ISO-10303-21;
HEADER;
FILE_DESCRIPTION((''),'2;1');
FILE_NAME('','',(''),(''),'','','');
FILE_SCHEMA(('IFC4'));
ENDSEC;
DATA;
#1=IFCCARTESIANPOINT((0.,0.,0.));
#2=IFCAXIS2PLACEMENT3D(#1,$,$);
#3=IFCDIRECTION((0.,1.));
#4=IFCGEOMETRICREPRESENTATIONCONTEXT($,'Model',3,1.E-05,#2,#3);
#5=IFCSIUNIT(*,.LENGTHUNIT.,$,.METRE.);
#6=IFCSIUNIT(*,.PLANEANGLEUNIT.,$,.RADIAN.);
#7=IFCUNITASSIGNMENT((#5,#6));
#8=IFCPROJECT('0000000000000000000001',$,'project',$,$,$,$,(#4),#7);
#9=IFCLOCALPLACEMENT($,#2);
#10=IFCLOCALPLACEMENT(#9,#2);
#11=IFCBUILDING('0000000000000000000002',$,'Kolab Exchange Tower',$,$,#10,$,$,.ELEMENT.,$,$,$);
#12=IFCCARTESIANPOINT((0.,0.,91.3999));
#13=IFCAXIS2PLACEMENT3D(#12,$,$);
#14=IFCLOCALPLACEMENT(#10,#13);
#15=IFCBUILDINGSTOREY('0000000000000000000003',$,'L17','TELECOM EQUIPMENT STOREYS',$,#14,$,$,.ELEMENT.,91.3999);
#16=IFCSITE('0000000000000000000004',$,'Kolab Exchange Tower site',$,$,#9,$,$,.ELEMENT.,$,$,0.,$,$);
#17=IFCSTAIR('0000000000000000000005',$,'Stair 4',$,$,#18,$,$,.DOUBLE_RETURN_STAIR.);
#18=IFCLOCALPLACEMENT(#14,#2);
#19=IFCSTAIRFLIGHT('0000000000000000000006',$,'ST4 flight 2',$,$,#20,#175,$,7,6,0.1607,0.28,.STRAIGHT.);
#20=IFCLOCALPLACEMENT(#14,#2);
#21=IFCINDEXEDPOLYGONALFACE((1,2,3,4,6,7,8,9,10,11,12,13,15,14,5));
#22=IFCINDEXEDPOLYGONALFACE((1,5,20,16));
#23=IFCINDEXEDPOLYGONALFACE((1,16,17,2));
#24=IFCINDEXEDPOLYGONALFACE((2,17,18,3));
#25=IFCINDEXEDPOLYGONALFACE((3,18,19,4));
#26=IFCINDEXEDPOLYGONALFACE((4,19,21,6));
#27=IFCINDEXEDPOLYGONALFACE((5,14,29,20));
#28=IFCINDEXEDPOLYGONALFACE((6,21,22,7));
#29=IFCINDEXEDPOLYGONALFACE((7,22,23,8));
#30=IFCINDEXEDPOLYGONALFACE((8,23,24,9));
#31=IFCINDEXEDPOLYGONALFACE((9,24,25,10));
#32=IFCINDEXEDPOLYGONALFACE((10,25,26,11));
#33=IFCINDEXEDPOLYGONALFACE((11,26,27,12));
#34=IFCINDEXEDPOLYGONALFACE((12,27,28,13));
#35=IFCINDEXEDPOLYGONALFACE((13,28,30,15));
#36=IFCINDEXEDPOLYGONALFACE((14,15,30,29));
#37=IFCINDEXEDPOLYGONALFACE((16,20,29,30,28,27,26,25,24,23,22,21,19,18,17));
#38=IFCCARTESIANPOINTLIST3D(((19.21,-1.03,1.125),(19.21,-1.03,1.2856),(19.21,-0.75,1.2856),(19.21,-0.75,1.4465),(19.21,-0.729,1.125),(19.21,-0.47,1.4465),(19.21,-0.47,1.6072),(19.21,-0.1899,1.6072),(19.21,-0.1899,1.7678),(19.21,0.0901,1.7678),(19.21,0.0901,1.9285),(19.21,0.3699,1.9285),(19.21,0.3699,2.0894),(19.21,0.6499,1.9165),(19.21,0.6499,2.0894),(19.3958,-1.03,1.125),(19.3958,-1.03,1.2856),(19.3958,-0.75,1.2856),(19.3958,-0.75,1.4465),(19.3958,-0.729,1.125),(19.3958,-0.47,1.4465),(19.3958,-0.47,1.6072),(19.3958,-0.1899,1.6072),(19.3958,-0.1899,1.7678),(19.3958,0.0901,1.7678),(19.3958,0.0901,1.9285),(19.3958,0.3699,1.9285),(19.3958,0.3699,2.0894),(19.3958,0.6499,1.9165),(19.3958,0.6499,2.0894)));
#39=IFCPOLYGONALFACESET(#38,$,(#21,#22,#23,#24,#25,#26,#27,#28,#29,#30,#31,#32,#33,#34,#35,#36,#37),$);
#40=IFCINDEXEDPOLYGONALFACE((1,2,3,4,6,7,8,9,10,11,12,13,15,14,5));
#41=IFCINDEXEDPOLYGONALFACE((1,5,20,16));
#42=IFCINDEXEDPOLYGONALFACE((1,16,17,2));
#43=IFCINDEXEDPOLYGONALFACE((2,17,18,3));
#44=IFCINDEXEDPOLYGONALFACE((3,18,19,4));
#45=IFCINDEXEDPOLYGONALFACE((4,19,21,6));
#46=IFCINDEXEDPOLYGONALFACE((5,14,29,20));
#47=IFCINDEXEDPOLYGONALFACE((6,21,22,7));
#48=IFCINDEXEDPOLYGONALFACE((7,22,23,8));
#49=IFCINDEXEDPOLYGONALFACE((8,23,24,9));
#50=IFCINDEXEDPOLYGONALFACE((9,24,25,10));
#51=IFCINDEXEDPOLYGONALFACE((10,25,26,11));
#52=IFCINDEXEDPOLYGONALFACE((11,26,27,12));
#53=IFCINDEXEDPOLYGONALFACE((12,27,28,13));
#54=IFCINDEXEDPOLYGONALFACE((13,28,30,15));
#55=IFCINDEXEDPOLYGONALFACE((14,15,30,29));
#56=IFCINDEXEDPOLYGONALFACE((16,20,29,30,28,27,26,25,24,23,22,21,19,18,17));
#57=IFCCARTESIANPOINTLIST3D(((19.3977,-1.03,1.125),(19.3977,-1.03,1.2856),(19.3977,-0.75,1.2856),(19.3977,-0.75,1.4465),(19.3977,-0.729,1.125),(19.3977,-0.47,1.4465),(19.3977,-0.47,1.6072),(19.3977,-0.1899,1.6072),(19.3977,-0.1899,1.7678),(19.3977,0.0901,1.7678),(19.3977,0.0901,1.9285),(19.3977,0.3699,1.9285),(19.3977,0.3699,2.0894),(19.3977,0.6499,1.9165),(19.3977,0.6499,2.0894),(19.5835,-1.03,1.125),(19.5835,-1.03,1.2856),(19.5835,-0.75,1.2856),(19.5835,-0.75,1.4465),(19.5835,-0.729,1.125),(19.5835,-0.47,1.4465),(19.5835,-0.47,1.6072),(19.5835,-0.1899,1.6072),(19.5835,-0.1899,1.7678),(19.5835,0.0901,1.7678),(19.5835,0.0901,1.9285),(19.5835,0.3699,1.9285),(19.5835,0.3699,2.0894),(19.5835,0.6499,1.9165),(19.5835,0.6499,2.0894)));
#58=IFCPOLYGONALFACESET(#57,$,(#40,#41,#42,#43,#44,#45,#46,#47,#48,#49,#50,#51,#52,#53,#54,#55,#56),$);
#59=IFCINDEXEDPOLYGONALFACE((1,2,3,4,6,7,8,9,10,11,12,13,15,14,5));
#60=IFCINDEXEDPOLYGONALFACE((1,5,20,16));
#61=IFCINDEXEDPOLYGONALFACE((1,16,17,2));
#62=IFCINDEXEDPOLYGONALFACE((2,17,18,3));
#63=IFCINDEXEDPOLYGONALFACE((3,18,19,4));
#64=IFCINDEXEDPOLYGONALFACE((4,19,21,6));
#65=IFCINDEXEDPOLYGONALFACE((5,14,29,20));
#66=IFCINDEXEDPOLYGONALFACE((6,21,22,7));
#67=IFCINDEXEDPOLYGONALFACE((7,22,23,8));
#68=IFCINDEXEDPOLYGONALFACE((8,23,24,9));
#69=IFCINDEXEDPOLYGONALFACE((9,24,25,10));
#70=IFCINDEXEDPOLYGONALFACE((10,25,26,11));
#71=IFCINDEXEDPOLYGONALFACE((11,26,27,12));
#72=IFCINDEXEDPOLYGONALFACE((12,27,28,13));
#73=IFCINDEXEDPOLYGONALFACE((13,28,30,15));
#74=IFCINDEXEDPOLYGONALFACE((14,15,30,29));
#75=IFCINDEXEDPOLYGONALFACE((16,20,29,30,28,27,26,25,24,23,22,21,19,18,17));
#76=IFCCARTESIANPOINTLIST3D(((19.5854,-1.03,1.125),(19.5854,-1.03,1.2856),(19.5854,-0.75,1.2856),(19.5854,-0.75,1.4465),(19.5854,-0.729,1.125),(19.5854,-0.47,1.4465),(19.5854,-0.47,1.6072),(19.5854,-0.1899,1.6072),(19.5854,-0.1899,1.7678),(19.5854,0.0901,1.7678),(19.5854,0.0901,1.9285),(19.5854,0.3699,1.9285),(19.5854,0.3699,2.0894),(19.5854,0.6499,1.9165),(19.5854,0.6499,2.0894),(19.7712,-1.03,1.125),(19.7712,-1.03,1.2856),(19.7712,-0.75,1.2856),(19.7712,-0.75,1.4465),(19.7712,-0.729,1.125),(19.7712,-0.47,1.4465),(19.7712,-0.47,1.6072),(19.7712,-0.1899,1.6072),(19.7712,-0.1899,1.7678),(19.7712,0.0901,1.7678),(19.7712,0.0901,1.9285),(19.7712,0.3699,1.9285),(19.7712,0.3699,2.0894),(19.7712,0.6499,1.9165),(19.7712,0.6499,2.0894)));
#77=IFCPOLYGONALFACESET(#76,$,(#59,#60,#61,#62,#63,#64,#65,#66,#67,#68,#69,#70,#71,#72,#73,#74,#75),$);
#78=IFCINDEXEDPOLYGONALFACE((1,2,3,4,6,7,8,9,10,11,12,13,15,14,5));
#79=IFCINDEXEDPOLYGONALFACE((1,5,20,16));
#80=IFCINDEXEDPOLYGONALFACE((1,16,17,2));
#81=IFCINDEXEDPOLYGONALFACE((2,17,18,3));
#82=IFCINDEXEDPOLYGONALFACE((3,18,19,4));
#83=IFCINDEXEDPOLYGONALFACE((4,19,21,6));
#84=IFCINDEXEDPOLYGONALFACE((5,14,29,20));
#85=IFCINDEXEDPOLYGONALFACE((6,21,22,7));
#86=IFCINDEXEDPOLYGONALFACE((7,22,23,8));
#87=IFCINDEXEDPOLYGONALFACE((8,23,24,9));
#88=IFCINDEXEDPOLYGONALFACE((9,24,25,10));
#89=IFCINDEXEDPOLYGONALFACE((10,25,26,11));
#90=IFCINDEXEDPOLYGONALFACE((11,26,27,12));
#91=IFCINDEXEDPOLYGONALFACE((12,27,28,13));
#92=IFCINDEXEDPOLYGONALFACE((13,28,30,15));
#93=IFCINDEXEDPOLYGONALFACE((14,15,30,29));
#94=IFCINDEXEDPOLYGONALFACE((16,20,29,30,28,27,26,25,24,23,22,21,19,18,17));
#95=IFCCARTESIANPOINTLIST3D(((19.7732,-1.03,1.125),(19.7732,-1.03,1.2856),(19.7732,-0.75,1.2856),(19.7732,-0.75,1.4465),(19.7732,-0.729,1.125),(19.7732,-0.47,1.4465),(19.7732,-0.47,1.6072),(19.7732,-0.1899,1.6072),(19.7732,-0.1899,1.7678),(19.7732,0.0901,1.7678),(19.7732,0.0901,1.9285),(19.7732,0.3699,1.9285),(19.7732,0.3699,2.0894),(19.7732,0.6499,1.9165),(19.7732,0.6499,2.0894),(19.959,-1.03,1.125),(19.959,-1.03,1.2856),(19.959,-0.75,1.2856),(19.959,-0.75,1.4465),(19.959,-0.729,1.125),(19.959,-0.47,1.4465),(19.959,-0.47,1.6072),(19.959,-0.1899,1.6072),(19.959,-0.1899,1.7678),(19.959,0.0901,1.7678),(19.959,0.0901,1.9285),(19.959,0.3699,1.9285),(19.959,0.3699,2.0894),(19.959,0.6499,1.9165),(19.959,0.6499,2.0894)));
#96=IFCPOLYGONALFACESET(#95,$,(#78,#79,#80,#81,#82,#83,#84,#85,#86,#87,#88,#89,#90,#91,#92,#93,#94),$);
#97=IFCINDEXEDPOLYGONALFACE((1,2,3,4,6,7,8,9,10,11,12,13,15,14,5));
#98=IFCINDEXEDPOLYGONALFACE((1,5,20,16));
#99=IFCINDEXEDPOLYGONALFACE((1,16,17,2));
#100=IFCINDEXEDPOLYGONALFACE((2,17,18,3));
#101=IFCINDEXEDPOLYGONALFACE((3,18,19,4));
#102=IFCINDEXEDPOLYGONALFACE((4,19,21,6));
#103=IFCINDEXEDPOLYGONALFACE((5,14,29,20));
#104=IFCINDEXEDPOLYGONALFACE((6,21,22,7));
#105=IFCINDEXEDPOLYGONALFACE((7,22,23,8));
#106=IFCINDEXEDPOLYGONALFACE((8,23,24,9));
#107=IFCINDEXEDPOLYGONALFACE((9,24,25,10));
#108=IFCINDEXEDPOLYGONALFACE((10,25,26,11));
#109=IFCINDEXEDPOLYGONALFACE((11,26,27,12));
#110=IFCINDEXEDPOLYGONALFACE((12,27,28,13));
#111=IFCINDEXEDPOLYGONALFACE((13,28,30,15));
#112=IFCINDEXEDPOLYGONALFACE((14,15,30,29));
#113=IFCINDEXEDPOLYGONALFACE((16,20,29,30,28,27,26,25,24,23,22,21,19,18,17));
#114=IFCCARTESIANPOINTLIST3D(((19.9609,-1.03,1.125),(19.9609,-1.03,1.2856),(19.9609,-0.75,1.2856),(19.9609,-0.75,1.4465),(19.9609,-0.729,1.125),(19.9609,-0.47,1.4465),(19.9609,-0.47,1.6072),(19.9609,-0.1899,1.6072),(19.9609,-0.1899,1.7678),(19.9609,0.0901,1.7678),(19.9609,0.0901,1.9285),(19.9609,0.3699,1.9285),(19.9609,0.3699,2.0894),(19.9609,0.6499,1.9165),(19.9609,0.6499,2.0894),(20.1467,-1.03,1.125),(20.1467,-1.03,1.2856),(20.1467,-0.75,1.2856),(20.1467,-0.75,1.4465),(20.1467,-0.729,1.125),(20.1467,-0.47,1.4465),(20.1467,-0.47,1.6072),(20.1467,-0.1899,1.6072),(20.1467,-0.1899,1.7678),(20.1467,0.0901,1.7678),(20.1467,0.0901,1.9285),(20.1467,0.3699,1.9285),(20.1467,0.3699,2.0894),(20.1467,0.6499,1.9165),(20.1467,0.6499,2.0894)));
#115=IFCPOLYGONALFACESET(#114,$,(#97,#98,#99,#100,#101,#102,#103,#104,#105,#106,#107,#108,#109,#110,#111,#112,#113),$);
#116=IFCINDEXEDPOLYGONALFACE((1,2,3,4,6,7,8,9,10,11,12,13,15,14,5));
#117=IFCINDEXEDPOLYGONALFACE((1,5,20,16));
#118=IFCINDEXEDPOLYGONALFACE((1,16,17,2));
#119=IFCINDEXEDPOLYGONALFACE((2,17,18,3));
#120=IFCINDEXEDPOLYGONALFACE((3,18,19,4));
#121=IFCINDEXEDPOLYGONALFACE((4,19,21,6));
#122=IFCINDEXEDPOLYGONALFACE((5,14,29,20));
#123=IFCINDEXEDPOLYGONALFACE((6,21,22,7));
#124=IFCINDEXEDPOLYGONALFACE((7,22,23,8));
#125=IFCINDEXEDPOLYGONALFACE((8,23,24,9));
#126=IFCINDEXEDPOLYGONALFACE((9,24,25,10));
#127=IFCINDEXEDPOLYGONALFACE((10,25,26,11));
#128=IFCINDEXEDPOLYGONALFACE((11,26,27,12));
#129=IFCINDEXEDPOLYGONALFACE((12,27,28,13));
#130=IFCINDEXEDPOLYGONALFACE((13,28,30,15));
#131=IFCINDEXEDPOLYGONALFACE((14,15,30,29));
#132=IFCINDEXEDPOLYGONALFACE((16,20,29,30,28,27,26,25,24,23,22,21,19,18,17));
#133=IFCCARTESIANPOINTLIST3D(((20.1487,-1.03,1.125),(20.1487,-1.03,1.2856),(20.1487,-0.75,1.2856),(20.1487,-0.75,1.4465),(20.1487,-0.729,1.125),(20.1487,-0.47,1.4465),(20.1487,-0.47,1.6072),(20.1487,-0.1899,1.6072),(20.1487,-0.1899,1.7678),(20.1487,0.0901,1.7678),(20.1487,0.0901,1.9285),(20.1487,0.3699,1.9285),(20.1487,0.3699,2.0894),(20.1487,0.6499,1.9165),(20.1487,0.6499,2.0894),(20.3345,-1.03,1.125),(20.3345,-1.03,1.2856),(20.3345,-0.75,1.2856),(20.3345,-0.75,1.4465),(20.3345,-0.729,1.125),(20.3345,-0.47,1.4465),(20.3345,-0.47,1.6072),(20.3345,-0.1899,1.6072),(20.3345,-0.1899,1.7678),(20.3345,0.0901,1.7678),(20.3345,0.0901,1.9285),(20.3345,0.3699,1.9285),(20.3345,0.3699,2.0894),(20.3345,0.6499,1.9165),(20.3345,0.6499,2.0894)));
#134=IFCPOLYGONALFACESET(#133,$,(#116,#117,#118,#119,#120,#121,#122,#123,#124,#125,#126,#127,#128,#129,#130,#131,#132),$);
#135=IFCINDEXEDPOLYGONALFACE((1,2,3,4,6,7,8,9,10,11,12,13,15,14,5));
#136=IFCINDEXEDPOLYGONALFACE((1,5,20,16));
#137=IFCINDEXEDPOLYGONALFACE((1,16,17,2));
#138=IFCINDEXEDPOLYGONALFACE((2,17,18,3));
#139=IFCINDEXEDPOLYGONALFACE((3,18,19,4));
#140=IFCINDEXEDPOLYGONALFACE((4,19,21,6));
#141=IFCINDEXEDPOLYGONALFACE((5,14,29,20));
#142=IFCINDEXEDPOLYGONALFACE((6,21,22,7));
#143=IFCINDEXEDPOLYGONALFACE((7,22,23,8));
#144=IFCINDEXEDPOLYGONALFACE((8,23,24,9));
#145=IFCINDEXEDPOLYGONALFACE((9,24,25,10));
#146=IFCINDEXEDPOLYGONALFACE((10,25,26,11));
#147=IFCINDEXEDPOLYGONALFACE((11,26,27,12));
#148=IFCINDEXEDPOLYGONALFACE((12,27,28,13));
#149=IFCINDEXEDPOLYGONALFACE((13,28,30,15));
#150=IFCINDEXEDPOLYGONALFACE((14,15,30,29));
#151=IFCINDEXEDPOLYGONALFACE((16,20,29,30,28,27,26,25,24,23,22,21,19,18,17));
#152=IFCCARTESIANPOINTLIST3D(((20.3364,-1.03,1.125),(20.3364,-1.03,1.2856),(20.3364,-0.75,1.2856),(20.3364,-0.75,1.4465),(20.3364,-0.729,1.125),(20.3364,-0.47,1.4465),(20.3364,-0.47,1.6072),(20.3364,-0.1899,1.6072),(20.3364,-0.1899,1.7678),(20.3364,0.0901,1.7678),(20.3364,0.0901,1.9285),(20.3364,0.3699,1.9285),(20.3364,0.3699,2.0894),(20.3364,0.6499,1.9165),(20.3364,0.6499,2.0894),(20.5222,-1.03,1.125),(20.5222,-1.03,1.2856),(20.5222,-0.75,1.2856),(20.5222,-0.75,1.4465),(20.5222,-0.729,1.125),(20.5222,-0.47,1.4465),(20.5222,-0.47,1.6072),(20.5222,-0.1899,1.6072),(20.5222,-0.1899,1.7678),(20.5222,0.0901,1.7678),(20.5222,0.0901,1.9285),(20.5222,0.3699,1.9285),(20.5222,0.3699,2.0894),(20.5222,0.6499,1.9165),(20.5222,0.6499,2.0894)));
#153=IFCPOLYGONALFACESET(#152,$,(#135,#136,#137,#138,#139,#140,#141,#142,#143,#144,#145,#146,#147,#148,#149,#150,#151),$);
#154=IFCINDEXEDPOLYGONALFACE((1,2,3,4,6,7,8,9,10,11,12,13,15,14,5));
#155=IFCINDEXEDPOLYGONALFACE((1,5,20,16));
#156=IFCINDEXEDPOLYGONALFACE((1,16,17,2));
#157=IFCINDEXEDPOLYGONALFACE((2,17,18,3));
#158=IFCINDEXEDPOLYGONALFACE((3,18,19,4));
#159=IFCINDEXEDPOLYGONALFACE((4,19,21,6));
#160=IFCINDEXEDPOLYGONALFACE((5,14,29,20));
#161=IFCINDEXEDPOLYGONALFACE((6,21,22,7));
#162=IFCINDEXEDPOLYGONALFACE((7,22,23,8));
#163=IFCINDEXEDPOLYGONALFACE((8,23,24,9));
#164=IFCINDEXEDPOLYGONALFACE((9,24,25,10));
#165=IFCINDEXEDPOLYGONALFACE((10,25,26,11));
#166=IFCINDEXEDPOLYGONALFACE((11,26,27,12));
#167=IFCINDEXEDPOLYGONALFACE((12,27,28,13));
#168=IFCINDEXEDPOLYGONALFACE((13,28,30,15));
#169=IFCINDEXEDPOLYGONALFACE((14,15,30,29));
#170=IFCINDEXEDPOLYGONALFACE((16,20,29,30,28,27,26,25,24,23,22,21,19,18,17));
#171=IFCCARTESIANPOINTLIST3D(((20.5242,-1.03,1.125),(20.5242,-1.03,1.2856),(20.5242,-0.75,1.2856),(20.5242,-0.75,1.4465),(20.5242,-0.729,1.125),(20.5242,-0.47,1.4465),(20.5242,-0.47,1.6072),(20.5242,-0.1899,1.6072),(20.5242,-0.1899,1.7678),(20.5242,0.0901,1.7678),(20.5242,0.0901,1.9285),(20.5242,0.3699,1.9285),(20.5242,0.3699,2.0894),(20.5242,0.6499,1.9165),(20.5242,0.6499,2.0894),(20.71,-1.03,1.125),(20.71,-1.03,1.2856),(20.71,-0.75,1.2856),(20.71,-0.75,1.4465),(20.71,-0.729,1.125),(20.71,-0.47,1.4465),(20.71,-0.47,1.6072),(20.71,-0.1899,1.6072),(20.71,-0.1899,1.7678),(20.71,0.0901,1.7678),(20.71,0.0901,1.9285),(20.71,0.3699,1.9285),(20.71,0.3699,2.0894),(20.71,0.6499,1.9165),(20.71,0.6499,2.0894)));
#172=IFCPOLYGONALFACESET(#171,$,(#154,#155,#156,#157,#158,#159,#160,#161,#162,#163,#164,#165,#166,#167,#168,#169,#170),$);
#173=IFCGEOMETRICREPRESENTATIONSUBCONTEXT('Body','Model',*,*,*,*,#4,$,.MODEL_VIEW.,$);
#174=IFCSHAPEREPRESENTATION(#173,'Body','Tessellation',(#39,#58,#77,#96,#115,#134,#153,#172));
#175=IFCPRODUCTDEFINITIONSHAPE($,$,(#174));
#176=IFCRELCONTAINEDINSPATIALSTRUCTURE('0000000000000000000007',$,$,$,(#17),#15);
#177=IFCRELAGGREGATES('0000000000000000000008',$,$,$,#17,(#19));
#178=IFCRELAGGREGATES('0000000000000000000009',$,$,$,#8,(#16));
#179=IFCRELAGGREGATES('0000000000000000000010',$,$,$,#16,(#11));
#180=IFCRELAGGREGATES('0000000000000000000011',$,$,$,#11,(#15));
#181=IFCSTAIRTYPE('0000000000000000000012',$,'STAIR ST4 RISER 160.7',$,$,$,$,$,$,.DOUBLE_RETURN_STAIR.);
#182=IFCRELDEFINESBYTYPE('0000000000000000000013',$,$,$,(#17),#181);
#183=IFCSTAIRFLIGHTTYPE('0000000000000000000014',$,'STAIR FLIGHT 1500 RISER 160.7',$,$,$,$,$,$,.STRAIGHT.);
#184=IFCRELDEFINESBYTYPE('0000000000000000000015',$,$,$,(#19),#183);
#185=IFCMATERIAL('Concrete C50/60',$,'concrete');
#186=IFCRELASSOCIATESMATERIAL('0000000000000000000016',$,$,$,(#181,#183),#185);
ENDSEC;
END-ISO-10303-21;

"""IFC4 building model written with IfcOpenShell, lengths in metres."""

from ifc_helpers import new_model, si_unit, direction, frame, origin, place, context, subcontext, project, spatial, polyline, outline, extrude, material, type_object, element, aggregate, save


model = new_model("IFC4")

# Units and contexts
model_context = context("Model", 3, precision=1e-05, world=origin(), true_north=direction((0.0, 1.0)))
body_context = subcontext(model_context, "Body", "Model", "MODEL_VIEW")
ifc_project = project(units=[si_unit("LENGTHUNIT", "METRE"), si_unit("PLANEANGLEUNIT", "RADIAN")], contexts=[model_context])

# Site, building, storey
site_placement = place(None, origin())
site = spatial("IfcSite", under=ifc_project, at=site_placement, Name="Kolab Exchange Tower site", CompositionType="ELEMENT", RefElevation=0.0)
building_placement = place(site_placement, origin())
building = spatial("IfcBuilding", under=site, at=building_placement, Name="Kolab Exchange Tower", CompositionType="ELEMENT")
storey_placement = place(building_placement, frame((0.0, 0.0, 91.3999)))
storey = spatial("IfcBuildingStorey", under=building, at=storey_placement, Name="L17", Description="TELECOM EQUIPMENT STOREYS", CompositionType="ELEMENT", Elevation=91.3999)

# Shared definitions
ifc_material_1 = material(Name="Concrete C50/60", Category="concrete")

# Stair, stair flight
stair_type = type_object("IfcStairType", Name="STAIR ST4 RISER 160.7", PredefinedType="DOUBLE_RETURN_STAIR", material=ifc_material_1)
stair_placement = place(storey_placement, origin())
stair = element("IfcStair", 1, at=stair_placement, inside=storey, type_object=stair_type, Name="Stair 4", PredefinedType="DOUBLE_RETURN_STAIR")
stair_flight_type = type_object("IfcStairFlightType", Name="STAIR FLIGHT 1500 RISER 160.7", PredefinedType="STRAIGHT", material=ifc_material_1)
stair_flight_1_placement = place(storey_placement, frame((19.96, -1.03, 1.125), z_axis=(0.0, 0.0, 1.0), x_axis=(0.0, 1.0, 0.0)))
stair_flight_1 = element("IfcStairFlight", 2, at=stair_flight_1_placement, type_object=stair_flight_type, Name="ST4 flight 2", NumberOfRisers=7, NumberOfTreads=6, PredefinedType="STRAIGHT", RiserHeight=0.1607, TreadLength=0.28, context=body_context, shape_type="SweptSolid", body=[
    extrude(outline(polyline([(0.0, 0.0), (0.0, 0.1606), (0.28, 0.1606), (0.28, 0.3215), (0.5601, 0.3215), (0.5601, 0.4822), (0.8401, 0.4822), (0.8401, 0.6428), (1.1201, 0.6428), (1.1201, 0.8035), (1.3999, 0.8035), (1.3999, 0.9644), (1.6799, 0.9644), (1.6799, 1.125), (1.6799, 0.7915), (0.301, 0.0), (0.0, 0.0)])), frame((0.0, 0.75, 0.0), z_axis=(0.0, -1.0, 0.0), x_axis=(1.0, 0.0, 0.0)), (0.0, 0.0, 1.0), 0.1858),
    extrude(outline(polyline([(0.0, 0.0), (0.0, 0.1606), (0.28, 0.1606), (0.28, 0.3215), (0.5601, 0.3215), (0.5601, 0.4822), (0.8401, 0.4822), (0.8401, 0.6428), (1.1201, 0.6428), (1.1201, 0.8035), (1.3999, 0.8035), (1.3999, 0.9644), (1.6799, 0.9644), (1.6799, 1.125), (1.6799, 0.7915), (0.301, 0.0), (0.0, 0.0)])), frame((0.0, 0.5623, 0.0), z_axis=(0.0, -1.0, 0.0), x_axis=(1.0, 0.0, 0.0)), (0.0, 0.0, 1.0), 0.1858),
    extrude(outline(polyline([(0.0, 0.0), (0.0, 0.1606), (0.28, 0.1606), (0.28, 0.3215), (0.5601, 0.3215), (0.5601, 0.4822), (0.8401, 0.4822), (0.8401, 0.6428), (1.1201, 0.6428), (1.1201, 0.8035), (1.3999, 0.8035), (1.3999, 0.9644), (1.6799, 0.9644), (1.6799, 1.125), (1.6799, 0.7915), (0.301, 0.0), (0.0, 0.0)])), frame((0.0, 0.3745, 0.0), z_axis=(0.0, -1.0, 0.0), x_axis=(1.0, 0.0, 0.0)), (0.0, 0.0, 1.0), 0.1858),
    extrude(outline(polyline([(0.0, 0.0), (0.0, 0.1606), (0.28, 0.1606), (0.28, 0.3215), (0.5601, 0.3215), (0.5601, 0.4822), (0.8401, 0.4822), (0.8401, 0.6428), (1.1201, 0.6428), (1.1201, 0.8035), (1.3999, 0.8035), (1.3999, 0.9644), (1.6799, 0.9644), (1.6799, 1.125), (1.6799, 0.7915), (0.301, 0.0), (0.0, 0.0)])), frame((0.0, 0.1868, 0.0), z_axis=(0.0, -1.0, 0.0), x_axis=(1.0, 0.0, 0.0)), (0.0, 0.0, 1.0), 0.1858),
    extrude(outline(polyline([(0.0, 0.0), (0.0, 0.1606), (0.28, 0.1606), (0.28, 0.3215), (0.5601, 0.3215), (0.5601, 0.4822), (0.8401, 0.4822), (0.8401, 0.6428), (1.1201, 0.6428), (1.1201, 0.8035), (1.3999, 0.8035), (1.3999, 0.9644), (1.6799, 0.9644), (1.6799, 1.125), (1.6799, 0.7915), (0.301, 0.0), (0.0, 0.0)])), frame((0.0, -0.001, 0.0), z_axis=(0.0, -1.0, 0.0), x_axis=(1.0, 0.0, 0.0)), (0.0, 0.0, 1.0), 0.1858),
    extrude(outline(polyline([(0.0, 0.0), (0.0, 0.1606), (0.28, 0.1606), (0.28, 0.3215), (0.5601, 0.3215), (0.5601, 0.4822), (0.8401, 0.4822), (0.8401, 0.6428), (1.1201, 0.6428), (1.1201, 0.8035), (1.3999, 0.8035), (1.3999, 0.9644), (1.6799, 0.9644), (1.6799, 1.125), (1.6799, 0.7915), (0.301, 0.0), (0.0, 0.0)])), frame((0.0, -0.1887, 0.0), z_axis=(0.0, -1.0, 0.0), x_axis=(1.0, 0.0, 0.0)), (0.0, 0.0, 1.0), 0.1858),
    extrude(outline(polyline([(0.0, 0.0), (0.0, 0.1606), (0.28, 0.1606), (0.28, 0.3215), (0.5601, 0.3215), (0.5601, 0.4822), (0.8401, 0.4822), (0.8401, 0.6428), (1.1201, 0.6428), (1.1201, 0.8035), (1.3999, 0.8035), (1.3999, 0.9644), (1.6799, 0.9644), (1.6799, 1.125), (1.6799, 0.7915), (0.301, 0.0), (0.0, 0.0)])), frame((0.0, -0.3765, 0.0), z_axis=(0.0, -1.0, 0.0), x_axis=(1.0, 0.0, 0.0)), (0.0, 0.0, 1.0), 0.1858),
    extrude(outline(polyline([(0.0, 0.0), (0.0, 0.1606), (0.28, 0.1606), (0.28, 0.3215), (0.5601, 0.3215), (0.5601, 0.4822), (0.8401, 0.4822), (0.8401, 0.6428), (1.1201, 0.6428), (1.1201, 0.8035), (1.3999, 0.8035), (1.3999, 0.9644), (1.6799, 0.9644), (1.6799, 1.125), (1.6799, 0.7915), (0.301, 0.0), (0.0, 0.0)])), frame((0.0, -0.5642, 0.0), z_axis=(0.0, -1.0, 0.0), x_axis=(1.0, 0.0, 0.0)), (0.0, 0.0, 1.0), 0.1858),
])
aggregate(stair, [stair_flight_1])

save(model, "model.ifc")
